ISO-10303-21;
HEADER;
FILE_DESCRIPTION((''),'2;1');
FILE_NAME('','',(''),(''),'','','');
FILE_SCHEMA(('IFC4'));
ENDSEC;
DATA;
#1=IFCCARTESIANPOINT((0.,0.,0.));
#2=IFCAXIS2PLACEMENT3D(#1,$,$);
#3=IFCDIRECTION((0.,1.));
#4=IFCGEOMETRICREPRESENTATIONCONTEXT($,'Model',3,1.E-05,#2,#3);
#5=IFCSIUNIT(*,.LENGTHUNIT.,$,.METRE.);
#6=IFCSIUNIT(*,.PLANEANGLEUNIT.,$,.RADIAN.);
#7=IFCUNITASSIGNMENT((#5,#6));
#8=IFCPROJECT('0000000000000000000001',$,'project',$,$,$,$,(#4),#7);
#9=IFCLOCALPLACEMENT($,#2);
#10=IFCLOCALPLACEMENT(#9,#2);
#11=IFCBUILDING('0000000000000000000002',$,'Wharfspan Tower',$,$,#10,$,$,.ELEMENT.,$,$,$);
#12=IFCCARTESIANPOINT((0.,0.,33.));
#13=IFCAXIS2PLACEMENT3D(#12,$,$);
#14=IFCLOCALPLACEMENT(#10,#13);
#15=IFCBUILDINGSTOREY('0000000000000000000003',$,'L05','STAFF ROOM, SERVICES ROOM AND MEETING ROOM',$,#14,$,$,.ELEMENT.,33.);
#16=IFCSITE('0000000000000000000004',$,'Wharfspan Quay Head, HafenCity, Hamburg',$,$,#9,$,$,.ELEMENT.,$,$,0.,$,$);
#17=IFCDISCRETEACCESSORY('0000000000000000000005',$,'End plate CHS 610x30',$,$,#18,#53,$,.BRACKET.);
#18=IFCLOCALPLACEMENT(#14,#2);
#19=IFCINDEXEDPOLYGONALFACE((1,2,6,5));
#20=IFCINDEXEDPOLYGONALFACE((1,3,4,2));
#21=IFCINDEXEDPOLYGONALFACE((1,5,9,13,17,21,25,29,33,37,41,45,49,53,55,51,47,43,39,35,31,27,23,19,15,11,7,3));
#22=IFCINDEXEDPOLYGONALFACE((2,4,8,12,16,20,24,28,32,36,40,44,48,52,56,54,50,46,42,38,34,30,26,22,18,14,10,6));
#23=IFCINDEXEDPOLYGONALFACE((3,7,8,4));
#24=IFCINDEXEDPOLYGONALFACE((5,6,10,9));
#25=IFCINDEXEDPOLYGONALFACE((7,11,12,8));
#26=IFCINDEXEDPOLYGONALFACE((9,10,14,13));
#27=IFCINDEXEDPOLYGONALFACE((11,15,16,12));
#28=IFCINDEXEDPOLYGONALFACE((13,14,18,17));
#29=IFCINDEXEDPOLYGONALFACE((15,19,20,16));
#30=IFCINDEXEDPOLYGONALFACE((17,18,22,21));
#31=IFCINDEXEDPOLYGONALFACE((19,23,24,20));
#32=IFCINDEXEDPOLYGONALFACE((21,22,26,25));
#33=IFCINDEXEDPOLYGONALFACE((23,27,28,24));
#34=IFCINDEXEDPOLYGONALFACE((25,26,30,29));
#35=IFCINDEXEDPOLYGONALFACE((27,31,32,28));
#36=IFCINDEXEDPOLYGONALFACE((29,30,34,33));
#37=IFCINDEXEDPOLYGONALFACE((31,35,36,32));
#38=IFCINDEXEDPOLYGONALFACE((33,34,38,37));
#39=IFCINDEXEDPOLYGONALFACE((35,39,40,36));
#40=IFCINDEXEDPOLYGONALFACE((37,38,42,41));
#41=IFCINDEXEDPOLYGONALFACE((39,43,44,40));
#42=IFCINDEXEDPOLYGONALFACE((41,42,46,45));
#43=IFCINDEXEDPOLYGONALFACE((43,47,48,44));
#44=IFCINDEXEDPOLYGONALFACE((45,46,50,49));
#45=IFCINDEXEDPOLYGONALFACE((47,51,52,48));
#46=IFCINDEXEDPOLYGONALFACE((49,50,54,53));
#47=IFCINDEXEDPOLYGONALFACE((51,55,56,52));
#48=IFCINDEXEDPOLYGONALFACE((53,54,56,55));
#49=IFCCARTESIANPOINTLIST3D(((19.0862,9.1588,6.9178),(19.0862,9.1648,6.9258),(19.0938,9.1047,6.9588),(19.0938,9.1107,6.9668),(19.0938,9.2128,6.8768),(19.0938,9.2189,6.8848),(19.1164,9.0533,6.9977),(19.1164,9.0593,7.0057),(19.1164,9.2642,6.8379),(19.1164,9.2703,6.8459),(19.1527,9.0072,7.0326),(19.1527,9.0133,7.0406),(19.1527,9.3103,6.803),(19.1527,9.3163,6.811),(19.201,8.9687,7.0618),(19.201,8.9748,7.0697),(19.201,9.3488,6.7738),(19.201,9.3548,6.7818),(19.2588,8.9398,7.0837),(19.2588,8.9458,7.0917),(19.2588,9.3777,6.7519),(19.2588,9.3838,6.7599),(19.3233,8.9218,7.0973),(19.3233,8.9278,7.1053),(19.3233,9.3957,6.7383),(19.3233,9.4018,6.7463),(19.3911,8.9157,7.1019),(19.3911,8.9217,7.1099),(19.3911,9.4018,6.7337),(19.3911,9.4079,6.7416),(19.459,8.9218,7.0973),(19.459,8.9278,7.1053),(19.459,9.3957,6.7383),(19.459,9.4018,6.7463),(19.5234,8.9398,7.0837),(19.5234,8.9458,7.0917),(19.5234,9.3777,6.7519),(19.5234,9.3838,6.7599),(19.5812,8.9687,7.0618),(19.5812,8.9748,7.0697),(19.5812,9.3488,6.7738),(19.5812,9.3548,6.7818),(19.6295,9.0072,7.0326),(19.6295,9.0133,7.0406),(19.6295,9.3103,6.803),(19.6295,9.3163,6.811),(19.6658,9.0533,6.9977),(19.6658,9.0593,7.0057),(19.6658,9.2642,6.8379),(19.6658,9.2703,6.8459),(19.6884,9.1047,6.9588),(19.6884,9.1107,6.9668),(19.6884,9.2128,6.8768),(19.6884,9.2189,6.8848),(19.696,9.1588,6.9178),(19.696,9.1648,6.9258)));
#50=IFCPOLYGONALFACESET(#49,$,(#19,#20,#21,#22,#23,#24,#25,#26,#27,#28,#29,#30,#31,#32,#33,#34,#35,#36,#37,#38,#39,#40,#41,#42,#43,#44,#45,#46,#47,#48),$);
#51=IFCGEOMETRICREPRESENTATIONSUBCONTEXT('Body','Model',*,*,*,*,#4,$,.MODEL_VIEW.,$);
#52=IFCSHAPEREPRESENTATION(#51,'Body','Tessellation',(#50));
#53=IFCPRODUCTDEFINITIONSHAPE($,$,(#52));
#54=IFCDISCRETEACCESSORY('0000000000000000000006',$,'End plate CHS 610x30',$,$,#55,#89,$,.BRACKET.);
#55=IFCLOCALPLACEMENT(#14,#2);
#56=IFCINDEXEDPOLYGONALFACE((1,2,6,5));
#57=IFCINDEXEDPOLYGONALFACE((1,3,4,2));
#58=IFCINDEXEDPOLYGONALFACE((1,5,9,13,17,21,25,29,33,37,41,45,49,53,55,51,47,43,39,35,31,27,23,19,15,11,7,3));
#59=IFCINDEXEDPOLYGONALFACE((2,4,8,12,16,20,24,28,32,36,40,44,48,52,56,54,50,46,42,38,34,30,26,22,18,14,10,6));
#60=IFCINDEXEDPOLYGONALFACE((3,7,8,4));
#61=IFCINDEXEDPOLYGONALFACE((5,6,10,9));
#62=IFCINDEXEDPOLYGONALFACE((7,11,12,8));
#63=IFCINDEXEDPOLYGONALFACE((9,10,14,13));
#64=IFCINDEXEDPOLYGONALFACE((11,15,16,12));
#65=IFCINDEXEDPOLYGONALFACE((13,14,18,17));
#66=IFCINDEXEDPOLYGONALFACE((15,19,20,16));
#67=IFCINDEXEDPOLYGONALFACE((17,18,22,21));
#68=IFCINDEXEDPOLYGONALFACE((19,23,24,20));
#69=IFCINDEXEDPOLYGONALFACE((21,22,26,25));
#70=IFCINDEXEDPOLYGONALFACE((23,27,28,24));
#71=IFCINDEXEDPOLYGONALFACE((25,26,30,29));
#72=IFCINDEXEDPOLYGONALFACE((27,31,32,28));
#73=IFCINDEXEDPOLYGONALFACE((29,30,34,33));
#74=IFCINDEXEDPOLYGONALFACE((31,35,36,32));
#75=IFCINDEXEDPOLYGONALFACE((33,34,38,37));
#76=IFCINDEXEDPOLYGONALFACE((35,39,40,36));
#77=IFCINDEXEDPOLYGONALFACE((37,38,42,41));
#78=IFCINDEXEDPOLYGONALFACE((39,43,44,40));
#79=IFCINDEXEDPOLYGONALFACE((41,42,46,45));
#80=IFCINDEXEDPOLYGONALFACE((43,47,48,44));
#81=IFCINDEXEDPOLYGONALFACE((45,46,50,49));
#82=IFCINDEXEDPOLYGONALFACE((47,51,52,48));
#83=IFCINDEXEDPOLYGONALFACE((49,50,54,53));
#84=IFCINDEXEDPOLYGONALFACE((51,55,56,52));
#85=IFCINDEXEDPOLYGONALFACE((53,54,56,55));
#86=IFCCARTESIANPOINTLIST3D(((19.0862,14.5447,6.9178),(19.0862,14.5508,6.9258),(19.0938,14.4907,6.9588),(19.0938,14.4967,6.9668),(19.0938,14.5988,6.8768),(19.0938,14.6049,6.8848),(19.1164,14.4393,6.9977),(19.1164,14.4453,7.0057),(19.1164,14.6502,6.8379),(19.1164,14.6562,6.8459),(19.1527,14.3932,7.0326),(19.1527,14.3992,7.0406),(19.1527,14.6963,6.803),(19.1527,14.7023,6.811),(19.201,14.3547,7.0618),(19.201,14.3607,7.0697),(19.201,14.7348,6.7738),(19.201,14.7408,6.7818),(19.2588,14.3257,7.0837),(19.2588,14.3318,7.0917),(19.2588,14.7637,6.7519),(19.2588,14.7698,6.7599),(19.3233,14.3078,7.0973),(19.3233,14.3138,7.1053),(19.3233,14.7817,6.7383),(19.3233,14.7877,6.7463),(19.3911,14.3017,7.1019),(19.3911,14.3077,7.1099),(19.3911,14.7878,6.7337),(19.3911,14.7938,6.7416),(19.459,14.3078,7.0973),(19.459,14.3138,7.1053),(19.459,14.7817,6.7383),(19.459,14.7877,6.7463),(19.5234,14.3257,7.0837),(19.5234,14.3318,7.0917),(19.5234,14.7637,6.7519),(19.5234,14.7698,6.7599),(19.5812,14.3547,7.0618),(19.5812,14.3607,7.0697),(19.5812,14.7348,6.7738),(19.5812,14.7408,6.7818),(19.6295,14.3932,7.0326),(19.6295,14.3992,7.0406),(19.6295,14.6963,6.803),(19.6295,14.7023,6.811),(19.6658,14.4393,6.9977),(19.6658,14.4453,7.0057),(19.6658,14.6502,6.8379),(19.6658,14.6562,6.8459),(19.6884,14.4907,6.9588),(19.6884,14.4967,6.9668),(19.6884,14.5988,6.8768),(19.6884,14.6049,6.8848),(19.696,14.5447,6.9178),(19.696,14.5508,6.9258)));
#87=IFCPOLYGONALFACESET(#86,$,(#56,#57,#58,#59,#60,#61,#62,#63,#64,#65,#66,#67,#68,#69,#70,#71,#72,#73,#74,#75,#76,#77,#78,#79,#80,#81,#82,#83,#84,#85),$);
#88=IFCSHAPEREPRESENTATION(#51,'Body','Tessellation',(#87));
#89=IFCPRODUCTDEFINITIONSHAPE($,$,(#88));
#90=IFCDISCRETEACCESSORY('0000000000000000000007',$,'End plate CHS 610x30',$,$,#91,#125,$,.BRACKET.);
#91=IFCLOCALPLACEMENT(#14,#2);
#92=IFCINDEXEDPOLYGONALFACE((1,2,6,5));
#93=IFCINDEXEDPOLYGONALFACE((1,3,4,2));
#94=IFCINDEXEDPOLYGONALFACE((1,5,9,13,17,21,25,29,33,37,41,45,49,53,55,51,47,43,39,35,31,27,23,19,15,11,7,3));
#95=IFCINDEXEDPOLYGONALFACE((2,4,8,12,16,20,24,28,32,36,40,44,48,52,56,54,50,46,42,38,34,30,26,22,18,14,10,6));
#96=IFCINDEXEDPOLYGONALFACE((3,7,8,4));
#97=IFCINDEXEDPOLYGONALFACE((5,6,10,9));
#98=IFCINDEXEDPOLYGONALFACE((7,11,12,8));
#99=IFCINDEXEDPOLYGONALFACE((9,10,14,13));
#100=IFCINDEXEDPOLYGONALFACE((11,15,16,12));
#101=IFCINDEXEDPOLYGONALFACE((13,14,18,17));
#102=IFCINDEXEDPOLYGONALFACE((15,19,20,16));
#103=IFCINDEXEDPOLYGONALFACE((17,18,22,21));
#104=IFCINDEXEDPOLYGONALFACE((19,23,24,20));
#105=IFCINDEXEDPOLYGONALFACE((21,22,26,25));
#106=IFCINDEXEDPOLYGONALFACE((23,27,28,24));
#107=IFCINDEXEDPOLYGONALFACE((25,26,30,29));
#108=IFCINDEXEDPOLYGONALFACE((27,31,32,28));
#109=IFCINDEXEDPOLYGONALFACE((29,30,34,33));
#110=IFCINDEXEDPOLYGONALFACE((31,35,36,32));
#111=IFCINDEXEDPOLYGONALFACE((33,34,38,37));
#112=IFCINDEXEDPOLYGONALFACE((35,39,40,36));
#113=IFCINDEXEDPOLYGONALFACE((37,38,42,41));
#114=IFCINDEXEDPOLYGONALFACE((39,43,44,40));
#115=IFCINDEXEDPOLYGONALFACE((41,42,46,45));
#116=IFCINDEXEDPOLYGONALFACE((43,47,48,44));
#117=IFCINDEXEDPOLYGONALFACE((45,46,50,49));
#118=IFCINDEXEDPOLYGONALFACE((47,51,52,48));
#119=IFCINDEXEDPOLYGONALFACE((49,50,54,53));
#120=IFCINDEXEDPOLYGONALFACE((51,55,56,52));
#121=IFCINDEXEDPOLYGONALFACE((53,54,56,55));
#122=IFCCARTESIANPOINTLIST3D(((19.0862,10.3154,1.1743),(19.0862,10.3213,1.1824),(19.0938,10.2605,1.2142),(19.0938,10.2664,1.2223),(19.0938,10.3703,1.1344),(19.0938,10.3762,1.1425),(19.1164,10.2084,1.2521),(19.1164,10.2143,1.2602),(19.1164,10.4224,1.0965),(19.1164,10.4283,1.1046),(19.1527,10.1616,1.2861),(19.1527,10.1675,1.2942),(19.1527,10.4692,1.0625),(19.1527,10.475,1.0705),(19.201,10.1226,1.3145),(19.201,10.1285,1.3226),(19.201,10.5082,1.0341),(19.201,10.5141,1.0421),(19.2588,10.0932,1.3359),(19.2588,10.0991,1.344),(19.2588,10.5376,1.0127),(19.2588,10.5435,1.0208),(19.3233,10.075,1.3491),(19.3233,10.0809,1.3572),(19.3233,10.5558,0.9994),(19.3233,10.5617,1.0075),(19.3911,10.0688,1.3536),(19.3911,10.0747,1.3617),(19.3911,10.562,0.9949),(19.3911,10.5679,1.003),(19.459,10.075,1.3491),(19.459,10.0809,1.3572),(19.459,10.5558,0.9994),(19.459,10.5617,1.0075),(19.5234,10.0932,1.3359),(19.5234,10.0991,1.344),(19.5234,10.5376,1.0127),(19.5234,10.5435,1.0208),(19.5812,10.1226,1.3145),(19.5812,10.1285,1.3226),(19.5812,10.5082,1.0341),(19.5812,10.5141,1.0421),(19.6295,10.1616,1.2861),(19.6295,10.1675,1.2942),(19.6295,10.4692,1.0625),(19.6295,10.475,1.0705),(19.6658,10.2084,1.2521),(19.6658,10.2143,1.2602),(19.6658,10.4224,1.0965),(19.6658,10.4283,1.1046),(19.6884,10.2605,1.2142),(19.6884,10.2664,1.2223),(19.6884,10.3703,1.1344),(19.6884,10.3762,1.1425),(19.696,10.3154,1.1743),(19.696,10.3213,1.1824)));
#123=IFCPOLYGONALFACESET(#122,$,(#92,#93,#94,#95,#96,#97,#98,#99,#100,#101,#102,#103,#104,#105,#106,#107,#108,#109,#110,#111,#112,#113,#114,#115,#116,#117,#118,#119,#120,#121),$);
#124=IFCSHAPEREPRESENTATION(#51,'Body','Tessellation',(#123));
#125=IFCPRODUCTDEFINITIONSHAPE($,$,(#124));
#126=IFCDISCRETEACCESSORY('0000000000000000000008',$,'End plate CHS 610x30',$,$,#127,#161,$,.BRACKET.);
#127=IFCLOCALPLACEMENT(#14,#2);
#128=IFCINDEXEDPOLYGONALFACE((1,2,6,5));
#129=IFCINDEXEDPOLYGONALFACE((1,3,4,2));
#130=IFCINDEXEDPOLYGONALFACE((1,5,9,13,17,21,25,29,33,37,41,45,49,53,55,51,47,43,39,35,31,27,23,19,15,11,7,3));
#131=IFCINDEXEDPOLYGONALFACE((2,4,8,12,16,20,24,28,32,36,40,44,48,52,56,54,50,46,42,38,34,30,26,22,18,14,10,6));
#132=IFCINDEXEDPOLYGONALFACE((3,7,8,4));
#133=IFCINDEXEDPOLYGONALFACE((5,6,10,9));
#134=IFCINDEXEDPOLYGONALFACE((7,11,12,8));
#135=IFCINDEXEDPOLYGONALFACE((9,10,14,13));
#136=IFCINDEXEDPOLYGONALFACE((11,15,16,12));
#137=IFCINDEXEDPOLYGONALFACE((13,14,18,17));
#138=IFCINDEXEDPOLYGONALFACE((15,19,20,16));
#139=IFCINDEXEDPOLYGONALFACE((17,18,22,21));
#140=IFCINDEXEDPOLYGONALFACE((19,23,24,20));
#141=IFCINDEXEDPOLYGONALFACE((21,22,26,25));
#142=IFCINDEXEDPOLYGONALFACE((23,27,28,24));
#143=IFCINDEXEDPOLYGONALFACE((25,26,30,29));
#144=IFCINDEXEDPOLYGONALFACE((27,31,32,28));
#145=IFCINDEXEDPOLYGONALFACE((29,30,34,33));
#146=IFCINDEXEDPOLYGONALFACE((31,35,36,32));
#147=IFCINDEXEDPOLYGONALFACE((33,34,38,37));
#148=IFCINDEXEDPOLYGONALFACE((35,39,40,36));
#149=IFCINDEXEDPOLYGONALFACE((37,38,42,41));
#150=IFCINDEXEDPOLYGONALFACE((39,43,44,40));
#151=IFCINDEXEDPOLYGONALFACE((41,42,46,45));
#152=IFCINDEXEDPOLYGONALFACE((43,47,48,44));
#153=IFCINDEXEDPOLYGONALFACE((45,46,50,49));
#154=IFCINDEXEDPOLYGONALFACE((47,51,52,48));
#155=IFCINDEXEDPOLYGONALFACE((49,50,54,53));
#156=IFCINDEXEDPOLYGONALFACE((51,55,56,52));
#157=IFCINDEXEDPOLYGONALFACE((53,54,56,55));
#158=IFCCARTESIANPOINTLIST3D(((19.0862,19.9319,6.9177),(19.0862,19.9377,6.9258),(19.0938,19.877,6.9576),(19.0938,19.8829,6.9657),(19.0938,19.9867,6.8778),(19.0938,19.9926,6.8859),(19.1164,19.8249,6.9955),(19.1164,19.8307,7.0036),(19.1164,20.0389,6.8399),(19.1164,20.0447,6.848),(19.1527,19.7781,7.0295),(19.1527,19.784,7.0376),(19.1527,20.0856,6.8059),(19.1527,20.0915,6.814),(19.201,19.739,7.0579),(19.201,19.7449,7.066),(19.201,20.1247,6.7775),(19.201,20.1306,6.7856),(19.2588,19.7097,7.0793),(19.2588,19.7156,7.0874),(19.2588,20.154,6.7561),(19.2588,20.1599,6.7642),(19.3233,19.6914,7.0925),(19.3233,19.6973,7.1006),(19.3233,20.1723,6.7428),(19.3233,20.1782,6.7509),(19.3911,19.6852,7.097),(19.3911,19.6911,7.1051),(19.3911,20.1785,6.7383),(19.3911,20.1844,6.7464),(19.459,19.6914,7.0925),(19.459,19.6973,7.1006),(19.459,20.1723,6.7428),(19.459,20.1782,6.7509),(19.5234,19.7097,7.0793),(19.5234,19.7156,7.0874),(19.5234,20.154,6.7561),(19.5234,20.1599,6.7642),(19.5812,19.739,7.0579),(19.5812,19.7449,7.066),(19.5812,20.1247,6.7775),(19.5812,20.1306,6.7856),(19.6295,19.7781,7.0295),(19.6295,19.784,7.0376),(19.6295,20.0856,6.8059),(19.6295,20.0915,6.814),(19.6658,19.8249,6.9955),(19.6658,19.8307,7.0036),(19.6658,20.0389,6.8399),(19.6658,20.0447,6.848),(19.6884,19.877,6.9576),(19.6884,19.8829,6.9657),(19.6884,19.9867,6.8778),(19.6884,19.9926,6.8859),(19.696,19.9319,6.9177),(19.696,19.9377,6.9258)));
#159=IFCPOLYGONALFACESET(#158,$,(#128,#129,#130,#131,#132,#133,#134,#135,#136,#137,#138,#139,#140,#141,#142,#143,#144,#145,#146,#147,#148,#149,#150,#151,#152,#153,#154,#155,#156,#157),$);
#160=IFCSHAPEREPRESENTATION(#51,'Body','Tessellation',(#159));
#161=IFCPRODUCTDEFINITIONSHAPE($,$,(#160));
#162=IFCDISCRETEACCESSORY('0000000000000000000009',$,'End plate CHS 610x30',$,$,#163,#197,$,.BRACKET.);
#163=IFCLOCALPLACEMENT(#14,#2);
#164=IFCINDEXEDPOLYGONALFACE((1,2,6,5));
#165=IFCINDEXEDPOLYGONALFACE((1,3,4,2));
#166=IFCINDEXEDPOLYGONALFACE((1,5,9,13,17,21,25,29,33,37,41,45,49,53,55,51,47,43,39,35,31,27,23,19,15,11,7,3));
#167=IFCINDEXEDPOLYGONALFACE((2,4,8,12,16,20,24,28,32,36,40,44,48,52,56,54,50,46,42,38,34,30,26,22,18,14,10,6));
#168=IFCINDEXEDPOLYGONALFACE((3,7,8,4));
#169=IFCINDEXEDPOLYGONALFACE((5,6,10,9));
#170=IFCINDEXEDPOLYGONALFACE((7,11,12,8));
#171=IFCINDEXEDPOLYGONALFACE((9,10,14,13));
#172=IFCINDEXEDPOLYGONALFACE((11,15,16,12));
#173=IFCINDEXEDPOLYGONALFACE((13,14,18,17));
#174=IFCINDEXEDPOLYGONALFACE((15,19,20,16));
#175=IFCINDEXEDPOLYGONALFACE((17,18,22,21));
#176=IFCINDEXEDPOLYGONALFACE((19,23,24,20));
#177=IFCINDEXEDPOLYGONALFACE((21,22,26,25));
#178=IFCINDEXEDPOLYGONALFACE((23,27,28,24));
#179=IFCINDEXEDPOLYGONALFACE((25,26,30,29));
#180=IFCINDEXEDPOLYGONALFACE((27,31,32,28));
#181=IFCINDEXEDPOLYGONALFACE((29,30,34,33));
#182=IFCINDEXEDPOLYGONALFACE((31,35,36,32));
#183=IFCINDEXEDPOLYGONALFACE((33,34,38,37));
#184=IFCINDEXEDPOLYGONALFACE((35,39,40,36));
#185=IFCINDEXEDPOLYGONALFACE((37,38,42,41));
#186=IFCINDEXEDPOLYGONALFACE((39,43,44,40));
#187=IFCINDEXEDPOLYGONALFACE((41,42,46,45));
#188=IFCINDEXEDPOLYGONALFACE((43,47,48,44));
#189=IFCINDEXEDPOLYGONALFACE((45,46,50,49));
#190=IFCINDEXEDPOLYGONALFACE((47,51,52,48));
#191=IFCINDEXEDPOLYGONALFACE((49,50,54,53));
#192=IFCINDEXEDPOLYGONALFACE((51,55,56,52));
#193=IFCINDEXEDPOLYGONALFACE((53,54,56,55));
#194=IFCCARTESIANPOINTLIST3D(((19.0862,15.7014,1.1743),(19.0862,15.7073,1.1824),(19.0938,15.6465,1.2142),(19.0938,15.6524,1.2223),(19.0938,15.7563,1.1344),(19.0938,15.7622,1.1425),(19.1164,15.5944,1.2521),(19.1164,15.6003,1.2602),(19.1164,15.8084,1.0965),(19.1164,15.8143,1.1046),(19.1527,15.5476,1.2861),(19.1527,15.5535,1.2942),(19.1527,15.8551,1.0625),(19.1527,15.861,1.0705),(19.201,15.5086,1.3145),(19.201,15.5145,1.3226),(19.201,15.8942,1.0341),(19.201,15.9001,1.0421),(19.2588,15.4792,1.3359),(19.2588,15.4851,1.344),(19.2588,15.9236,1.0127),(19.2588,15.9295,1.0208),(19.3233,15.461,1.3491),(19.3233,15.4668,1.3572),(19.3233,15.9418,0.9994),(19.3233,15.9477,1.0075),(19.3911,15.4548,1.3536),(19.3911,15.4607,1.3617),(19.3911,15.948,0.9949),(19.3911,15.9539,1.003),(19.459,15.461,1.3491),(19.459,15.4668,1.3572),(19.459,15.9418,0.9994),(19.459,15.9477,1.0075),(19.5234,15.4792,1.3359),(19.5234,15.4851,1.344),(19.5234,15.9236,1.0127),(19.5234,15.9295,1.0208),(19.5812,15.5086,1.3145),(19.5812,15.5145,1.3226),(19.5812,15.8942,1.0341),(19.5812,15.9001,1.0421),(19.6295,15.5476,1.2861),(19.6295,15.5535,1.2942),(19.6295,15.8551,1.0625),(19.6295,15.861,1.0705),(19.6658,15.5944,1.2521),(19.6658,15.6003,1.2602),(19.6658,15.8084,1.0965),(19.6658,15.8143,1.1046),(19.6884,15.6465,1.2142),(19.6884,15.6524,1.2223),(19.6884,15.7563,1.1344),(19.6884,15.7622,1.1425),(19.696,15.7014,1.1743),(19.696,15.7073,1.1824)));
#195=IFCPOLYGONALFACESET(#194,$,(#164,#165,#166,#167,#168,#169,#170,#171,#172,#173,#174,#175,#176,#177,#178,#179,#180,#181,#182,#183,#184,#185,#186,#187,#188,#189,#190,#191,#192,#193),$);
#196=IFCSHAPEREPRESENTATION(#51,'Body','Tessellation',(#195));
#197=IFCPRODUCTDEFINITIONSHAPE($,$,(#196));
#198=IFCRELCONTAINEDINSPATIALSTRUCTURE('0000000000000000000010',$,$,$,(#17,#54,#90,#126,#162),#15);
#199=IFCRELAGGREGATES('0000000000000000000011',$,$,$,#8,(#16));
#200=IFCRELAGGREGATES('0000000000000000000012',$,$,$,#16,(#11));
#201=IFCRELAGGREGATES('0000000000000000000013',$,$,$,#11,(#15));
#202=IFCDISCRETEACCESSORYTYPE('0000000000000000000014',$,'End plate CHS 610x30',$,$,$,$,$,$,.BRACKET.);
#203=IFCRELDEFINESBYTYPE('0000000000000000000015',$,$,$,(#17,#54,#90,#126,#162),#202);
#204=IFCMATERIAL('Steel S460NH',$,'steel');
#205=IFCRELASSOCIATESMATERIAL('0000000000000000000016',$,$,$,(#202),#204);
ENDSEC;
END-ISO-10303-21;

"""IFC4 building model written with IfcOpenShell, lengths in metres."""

from ifc_helpers import new_model, si_unit, direction, frame, origin, origin_2d, place, context, subcontext, project, spatial, circle, extrude, material, material_profile, profile_set, type_object, element, save


model = new_model("IFC4")

# Units and contexts
model_context = context("Model", 3, precision=1e-05, world=origin(), true_north=direction((0.0, 1.0)))
body_context = subcontext(model_context, "Body", "Model", "MODEL_VIEW")
ifc_project = project(units=[si_unit("LENGTHUNIT", "METRE"), si_unit("PLANEANGLEUNIT", "RADIAN")], contexts=[model_context])

# Site, building, storey
site_placement = place(None, origin())
site = spatial("IfcSite", under=ifc_project, at=site_placement, Name="Wharfspan Quay Head, HafenCity, Hamburg", CompositionType="ELEMENT", RefElevation=0.0)
building_placement = place(site_placement, origin())
building = spatial("IfcBuilding", under=site, at=building_placement, Name="Wharfspan Tower", CompositionType="ELEMENT")
storey_placement = place(building_placement, frame((0.0, 0.0, 33.0)))
storey = spatial("IfcBuildingStorey", under=building, at=storey_placement, Name="L05", Description="STAFF ROOM, SERVICES ROOM AND MEETING ROOM", CompositionType="ELEMENT", Elevation=33.0)

# Shared definitions
ifc_material_1 = material(Name="Steel S460NH", Category="steel")

# Discrete accessories
ifc_material_profile_1 = material_profile(ifc_material_1, circle(Radius=0.3049, at=origin_2d()))
ifc_profile_set_1 = profile_set([ifc_material_profile_1], Name="Steel S460NH")
discrete_accessory_type = type_object("IfcDiscreteAccessoryType", Name="End plate CHS 610x30", PredefinedType="BRACKET", material=ifc_profile_set_1)
for number, where, z_axis, x_axis, name in (
    (1, (19.3911, 9.1648, 6.9258), (0.0, -0.603858, -0.797092), (1.0, 0.0, 0.0), "End plate CHS 610x30"),
    (2, (19.3911, 14.5508, 6.9258), (0.0, -0.603858, -0.797092), (1.0, 0.0, 0.0), "End plate CHS 610x30"),
    (3, (19.3911, 10.3213, 1.1824), (0.0, -0.588172, -0.808736), (1.0, 0.0, 0.0), "End plate CHS 610x30"),
    (4, (19.3911, 19.9377, 6.9258), (0.0, -0.588172, -0.808736), (1.0, 0.0, 0.0), "End plate CHS 610x30"),
    (5, (19.3911, 15.7073, 1.1824), (0.0, -0.588172, -0.808736), (1.0, 0.0, 0.0), "End plate CHS 610x30"),
):
    element("IfcDiscreteAccessory", number, at=place(storey_placement, frame(where, z_axis=z_axis, x_axis=x_axis)), inside=storey, type_object=discrete_accessory_type, Name=name, PredefinedType="BRACKET", context=body_context, shape_type="SweptSolid", body=[
        extrude(circle(Radius=0.3049, at=origin_2d()), origin(), (0.0, 0.0, 1.0), 0.01),
    ])

save(model, "model.ifc")
